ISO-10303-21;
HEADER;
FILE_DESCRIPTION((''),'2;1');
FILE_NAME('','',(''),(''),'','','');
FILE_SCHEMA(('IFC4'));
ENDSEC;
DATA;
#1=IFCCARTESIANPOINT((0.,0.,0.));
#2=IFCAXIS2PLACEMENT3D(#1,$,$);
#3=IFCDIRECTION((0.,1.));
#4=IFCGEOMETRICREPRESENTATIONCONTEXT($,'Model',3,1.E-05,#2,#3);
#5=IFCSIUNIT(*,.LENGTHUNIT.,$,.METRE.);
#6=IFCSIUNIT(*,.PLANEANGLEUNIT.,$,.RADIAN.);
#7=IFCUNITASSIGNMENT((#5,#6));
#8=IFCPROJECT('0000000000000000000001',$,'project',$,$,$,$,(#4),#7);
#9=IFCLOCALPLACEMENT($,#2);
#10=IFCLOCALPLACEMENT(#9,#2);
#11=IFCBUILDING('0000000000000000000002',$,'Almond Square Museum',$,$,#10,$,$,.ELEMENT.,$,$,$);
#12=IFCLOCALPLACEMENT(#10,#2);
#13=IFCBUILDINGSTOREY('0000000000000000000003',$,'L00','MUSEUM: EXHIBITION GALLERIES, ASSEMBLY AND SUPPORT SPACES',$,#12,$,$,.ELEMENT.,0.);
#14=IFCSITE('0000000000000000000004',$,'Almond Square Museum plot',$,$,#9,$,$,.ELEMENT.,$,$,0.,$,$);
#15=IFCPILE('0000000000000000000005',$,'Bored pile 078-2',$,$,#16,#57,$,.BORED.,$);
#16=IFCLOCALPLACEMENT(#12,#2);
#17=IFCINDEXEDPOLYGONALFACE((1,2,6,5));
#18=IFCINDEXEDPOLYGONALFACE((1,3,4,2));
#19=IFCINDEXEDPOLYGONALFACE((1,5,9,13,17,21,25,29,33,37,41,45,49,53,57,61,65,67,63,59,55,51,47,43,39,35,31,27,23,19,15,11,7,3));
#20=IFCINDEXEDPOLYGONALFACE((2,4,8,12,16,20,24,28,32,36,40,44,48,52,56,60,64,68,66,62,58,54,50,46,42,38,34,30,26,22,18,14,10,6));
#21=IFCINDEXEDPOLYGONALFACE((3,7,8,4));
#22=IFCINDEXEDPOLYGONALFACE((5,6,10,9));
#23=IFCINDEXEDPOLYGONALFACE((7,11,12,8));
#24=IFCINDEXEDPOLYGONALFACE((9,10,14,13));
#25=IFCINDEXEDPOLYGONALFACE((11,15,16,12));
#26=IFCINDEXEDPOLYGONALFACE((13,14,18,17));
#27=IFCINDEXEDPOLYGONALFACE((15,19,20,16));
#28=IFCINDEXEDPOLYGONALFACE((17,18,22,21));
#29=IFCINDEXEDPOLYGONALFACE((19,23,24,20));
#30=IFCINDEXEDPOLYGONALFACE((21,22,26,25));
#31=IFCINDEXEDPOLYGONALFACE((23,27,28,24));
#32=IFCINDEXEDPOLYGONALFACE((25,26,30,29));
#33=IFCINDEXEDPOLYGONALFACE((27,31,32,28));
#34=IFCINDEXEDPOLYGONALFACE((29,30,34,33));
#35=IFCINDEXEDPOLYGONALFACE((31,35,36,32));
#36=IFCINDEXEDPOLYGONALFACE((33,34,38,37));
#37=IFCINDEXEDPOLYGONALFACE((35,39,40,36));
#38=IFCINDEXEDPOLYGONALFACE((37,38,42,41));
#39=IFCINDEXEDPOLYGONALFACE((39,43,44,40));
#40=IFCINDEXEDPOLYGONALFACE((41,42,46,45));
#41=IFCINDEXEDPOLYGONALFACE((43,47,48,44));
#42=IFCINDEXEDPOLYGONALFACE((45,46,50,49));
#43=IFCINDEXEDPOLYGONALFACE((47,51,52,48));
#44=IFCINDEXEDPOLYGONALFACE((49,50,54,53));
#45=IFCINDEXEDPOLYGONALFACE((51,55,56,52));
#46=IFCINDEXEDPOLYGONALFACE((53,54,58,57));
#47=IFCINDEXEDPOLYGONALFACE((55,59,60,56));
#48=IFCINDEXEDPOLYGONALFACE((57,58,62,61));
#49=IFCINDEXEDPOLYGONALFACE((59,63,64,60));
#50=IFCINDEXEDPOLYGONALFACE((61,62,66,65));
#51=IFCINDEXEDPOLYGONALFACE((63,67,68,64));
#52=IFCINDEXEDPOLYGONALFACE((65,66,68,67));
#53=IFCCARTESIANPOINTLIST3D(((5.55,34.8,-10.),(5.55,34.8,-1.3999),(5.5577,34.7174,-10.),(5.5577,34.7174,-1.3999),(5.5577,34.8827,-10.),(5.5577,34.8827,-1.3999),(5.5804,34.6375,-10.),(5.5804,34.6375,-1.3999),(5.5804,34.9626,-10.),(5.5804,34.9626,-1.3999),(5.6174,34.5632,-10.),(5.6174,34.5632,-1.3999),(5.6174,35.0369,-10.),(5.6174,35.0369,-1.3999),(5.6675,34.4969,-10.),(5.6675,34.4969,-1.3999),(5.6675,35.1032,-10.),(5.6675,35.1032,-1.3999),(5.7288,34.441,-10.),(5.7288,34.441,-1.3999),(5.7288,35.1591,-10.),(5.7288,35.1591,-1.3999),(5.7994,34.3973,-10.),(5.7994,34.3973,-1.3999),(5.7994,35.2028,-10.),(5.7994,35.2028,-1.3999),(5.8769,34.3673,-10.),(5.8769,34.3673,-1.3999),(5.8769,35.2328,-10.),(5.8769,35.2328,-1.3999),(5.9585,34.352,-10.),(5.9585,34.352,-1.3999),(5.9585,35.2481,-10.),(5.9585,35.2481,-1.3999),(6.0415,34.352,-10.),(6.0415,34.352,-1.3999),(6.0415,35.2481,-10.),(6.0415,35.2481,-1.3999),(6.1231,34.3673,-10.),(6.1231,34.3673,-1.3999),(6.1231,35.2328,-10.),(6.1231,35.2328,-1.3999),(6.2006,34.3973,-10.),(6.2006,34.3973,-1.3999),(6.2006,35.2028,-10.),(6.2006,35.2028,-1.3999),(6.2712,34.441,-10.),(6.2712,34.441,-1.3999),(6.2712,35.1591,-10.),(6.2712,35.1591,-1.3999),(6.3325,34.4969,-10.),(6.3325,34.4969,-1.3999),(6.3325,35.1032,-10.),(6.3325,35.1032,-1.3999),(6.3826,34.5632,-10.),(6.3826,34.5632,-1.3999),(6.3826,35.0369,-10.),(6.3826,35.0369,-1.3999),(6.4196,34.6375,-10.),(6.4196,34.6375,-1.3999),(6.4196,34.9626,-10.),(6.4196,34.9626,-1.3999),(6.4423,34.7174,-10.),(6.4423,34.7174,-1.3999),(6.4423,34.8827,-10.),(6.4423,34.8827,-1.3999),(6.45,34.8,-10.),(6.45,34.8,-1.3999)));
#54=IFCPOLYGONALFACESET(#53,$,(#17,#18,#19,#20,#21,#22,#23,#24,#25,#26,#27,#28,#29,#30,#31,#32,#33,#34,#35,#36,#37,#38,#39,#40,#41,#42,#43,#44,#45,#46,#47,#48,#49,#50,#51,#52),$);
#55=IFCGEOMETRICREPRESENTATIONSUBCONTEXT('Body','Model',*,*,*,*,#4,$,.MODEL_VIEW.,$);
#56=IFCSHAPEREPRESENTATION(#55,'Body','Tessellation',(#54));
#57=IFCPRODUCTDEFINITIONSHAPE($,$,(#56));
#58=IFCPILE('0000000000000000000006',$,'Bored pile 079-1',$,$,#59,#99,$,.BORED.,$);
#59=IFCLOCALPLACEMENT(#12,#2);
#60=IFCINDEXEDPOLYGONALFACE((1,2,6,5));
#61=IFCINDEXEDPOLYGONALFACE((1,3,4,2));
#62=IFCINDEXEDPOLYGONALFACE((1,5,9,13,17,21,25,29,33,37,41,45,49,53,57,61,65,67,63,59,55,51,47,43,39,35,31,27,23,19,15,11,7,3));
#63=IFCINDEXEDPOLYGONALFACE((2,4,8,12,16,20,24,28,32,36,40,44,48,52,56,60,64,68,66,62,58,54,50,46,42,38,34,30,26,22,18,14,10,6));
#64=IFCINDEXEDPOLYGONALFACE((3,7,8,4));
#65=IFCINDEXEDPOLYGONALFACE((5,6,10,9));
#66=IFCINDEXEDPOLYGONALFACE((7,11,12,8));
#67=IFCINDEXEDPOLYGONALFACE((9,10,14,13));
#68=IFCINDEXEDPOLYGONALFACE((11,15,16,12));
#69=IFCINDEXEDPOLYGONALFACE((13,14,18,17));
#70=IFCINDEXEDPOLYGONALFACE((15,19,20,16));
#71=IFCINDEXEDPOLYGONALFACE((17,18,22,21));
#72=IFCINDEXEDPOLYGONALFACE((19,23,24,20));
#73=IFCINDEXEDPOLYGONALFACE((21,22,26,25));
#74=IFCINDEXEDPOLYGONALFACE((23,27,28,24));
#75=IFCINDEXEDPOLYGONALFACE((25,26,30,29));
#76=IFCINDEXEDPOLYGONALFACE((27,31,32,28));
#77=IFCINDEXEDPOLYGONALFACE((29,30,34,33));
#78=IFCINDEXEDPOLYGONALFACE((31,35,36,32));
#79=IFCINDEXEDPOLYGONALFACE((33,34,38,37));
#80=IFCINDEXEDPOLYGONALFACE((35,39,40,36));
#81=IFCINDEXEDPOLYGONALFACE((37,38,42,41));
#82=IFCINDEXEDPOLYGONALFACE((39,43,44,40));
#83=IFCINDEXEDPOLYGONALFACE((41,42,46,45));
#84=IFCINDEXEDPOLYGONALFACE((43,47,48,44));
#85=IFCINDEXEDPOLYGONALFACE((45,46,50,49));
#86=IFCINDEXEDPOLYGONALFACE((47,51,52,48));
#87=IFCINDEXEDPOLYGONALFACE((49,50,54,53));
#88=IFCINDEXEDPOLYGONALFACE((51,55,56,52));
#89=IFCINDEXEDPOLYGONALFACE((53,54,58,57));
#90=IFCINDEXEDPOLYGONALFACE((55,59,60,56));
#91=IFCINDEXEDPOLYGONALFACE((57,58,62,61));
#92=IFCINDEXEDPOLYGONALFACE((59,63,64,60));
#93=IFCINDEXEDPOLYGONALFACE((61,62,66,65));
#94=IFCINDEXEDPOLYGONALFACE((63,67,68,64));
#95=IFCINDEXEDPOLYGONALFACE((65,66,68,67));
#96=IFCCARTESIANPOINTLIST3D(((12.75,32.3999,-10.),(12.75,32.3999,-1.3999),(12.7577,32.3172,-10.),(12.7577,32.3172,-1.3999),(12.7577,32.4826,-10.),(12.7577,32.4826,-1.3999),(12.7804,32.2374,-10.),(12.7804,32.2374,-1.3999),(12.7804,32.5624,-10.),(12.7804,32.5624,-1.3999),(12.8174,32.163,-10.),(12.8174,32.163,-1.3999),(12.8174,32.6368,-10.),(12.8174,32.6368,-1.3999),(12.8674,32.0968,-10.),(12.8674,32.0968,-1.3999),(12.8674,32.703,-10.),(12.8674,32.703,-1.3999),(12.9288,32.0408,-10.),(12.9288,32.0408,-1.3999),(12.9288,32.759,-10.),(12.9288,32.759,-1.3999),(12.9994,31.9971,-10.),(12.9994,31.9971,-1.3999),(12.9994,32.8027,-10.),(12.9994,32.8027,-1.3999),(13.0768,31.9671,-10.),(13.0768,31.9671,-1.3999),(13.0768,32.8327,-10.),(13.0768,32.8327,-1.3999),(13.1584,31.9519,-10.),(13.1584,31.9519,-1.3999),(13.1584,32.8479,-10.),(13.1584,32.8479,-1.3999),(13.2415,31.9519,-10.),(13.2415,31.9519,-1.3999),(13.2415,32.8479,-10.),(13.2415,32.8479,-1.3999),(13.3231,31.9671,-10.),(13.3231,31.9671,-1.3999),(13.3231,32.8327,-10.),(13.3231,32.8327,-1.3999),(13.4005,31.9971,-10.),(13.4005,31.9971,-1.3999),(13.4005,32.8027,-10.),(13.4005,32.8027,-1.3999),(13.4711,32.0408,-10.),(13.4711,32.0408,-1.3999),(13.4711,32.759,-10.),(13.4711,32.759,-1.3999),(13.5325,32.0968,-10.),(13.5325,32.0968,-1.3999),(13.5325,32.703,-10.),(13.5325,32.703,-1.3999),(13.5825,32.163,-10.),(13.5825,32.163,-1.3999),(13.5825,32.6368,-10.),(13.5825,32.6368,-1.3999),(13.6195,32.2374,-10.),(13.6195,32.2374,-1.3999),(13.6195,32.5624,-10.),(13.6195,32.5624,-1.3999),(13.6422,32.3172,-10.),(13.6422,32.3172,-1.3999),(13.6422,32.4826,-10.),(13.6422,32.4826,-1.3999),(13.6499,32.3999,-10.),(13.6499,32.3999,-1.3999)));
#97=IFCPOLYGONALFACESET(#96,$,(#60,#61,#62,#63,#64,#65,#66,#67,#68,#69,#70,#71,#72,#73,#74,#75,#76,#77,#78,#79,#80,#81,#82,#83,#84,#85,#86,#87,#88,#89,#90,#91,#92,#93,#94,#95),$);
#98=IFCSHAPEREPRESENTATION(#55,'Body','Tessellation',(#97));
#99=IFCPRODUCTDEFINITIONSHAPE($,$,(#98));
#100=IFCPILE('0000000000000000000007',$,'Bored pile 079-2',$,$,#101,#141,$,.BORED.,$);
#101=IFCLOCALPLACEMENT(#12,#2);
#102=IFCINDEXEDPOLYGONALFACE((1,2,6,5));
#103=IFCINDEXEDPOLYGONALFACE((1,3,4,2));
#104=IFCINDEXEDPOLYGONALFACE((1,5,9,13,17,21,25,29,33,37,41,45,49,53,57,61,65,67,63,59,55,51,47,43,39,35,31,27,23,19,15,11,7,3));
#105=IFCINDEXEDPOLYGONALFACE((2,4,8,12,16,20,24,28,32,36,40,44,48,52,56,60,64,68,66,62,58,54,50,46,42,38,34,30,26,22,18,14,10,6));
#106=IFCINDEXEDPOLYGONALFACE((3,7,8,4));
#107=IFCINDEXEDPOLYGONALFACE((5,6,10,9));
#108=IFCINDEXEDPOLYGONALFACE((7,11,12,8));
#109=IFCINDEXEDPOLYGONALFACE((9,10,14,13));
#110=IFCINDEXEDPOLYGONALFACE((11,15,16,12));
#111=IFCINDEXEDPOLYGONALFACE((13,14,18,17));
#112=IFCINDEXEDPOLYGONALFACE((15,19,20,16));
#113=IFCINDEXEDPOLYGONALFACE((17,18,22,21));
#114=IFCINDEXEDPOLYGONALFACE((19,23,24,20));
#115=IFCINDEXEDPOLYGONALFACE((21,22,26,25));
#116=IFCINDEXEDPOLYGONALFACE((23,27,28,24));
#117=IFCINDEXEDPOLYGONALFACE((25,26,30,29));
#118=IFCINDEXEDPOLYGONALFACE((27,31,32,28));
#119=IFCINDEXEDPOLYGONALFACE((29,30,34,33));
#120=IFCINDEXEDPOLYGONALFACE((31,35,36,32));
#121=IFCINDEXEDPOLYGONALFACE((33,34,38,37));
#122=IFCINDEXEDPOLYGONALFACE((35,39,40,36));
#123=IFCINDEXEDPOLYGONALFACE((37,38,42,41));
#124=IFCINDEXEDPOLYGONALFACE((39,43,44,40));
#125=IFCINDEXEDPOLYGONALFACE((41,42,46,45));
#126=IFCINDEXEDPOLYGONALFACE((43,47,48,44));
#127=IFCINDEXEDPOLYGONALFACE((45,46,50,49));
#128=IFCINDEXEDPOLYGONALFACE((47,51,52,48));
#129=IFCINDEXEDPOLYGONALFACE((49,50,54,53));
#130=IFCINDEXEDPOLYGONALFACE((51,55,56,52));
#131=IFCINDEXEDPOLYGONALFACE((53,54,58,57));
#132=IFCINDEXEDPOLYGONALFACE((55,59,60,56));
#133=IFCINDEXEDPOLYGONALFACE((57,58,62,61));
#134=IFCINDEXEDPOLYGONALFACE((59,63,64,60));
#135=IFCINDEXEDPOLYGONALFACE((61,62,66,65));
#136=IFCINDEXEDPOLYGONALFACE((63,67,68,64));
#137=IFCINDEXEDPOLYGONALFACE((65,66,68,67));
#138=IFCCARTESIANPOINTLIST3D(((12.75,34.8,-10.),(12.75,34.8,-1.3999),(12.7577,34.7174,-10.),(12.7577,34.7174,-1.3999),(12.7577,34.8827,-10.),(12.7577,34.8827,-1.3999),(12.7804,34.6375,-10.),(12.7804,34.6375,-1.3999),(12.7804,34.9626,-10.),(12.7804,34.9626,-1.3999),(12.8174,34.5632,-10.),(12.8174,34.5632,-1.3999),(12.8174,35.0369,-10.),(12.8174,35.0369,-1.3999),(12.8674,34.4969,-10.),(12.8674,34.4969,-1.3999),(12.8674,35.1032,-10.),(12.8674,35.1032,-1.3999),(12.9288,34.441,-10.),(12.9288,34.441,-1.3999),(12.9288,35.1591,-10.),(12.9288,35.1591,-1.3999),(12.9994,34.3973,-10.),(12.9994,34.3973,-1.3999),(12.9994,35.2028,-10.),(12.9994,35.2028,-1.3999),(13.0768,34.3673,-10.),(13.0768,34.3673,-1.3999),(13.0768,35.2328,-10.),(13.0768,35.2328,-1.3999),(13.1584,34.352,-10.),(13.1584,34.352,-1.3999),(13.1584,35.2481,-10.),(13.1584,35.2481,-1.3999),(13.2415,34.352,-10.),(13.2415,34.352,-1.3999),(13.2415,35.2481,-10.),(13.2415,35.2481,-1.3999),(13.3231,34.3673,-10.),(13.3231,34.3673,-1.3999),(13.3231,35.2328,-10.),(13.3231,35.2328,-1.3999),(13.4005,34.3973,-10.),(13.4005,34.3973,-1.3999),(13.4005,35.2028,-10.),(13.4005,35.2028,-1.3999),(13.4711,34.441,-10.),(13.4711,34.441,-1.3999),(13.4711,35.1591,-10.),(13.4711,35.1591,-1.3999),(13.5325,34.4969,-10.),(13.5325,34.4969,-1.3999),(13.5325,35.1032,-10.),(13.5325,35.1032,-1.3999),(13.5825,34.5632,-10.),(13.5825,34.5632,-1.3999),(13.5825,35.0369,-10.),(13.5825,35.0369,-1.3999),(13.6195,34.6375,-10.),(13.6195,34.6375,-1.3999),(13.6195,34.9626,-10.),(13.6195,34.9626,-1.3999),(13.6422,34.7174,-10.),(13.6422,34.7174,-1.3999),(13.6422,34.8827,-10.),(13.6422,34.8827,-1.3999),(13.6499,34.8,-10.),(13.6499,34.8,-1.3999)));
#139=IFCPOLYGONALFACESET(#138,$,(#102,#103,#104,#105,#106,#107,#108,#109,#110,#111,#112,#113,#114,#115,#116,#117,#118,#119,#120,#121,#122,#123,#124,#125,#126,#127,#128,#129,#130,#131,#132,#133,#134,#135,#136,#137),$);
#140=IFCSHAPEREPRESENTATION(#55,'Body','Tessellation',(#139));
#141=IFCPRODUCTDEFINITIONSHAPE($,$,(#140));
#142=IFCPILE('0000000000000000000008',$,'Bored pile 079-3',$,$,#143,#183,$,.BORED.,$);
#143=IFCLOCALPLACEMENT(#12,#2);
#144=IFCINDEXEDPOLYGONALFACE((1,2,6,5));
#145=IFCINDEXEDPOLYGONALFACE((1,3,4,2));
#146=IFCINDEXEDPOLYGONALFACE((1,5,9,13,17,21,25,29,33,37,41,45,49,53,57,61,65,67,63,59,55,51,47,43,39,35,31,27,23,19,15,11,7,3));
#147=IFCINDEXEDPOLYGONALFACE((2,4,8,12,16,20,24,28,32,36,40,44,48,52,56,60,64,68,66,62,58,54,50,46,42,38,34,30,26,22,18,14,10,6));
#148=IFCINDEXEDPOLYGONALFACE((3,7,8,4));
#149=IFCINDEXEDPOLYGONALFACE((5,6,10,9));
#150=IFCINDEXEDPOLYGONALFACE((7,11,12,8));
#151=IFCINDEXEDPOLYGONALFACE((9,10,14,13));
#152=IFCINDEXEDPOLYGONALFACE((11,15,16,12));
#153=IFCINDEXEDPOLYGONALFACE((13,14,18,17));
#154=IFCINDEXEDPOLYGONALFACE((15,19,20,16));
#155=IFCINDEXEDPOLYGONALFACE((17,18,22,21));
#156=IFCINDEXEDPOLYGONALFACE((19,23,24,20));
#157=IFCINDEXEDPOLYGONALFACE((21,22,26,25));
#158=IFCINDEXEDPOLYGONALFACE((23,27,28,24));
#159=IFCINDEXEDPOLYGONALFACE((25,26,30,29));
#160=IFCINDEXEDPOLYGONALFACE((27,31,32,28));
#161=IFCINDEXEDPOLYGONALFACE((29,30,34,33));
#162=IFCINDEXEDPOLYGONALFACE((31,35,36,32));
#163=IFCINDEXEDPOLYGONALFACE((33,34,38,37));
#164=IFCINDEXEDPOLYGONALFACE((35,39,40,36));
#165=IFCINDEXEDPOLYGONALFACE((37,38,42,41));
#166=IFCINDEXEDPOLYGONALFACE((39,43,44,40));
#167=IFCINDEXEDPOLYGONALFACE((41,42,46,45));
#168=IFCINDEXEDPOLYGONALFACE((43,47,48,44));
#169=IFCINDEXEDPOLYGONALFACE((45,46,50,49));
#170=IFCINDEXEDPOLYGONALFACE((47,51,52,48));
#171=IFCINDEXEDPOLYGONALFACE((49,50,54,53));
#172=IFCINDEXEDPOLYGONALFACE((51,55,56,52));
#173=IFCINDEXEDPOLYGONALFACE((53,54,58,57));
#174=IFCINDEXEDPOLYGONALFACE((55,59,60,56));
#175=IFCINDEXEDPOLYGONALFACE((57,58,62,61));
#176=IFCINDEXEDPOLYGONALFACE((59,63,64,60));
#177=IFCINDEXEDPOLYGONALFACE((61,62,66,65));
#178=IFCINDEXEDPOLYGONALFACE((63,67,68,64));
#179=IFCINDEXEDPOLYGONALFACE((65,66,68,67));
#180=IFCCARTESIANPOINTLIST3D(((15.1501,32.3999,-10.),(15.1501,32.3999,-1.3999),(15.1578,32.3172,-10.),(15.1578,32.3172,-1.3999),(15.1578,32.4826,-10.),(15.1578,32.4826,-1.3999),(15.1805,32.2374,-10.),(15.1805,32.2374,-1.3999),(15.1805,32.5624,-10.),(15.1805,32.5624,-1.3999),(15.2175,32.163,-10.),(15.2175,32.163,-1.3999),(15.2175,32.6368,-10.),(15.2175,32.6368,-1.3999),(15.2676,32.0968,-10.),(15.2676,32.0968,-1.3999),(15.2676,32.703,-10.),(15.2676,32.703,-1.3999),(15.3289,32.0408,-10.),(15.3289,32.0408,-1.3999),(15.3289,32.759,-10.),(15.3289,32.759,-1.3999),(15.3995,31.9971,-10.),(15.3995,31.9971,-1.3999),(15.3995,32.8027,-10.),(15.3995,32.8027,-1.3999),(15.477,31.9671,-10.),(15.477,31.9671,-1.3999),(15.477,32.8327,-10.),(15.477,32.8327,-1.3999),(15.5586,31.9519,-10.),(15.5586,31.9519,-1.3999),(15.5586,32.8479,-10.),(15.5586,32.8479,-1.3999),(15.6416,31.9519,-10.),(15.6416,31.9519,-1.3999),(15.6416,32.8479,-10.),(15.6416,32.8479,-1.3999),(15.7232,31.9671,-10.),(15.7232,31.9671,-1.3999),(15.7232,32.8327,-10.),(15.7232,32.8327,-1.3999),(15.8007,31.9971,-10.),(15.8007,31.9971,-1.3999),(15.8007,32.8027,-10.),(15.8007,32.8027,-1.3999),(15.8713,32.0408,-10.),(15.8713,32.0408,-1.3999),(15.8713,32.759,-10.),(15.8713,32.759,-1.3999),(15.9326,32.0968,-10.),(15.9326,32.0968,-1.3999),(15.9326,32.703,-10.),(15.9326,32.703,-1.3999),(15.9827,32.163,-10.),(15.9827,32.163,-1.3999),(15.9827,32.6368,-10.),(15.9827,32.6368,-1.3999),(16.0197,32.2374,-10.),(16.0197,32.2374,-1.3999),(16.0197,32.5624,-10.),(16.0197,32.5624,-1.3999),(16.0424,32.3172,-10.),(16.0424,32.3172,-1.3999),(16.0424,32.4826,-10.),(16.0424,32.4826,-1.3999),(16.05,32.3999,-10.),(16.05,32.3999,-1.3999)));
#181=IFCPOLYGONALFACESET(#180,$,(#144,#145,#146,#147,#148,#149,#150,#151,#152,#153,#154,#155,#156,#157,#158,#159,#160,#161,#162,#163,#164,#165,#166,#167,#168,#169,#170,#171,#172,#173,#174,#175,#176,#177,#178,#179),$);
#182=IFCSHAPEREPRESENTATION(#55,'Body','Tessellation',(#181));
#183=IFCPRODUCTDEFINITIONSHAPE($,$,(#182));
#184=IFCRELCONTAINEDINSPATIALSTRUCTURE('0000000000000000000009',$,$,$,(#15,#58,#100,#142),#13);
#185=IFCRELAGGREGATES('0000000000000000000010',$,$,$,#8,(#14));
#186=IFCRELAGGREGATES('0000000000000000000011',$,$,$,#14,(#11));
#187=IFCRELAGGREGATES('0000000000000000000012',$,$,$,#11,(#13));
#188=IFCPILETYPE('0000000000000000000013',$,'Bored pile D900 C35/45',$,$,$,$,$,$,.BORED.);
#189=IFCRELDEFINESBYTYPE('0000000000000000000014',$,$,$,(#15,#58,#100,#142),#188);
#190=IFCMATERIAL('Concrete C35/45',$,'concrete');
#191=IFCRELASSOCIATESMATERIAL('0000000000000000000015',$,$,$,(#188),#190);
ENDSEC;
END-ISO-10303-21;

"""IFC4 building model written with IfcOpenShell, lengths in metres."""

from ifc_helpers import new_model, si_unit, direction, frame, origin, origin_2d, place, context, subcontext, project, spatial, circle, extrude, material, material_profile, profile_set, type_object, element, save


model = new_model("IFC4")

# Units and contexts
model_context = context("Model", 3, precision=1e-05, world=origin(), true_north=direction((0.0, 1.0)))
body_context = subcontext(model_context, "Body", "Model", "MODEL_VIEW")
ifc_project = project(units=[si_unit("LENGTHUNIT", "METRE"), si_unit("PLANEANGLEUNIT", "RADIAN")], contexts=[model_context])

# Site, building, storey
site_placement = place(None, origin())
site = spatial("IfcSite", under=ifc_project, at=site_placement, Name="Almond Square Museum plot", CompositionType="ELEMENT", RefElevation=0.0)
building_placement = place(site_placement, origin())
building = spatial("IfcBuilding", under=site, at=building_placement, Name="Almond Square Museum", CompositionType="ELEMENT")
storey_placement = place(building_placement, origin())
storey = spatial("IfcBuildingStorey", under=building, at=storey_placement, Name="L00", Description="MUSEUM: EXHIBITION GALLERIES, ASSEMBLY AND SUPPORT SPACES", CompositionType="ELEMENT", Elevation=0.0)

# Piles
ifc_material_1 = material(Name="Concrete C35/45", Category="concrete")
ifc_material_profile_1 = material_profile(ifc_material_1, circle(Radius=0.45, at=origin_2d()))
ifc_profile_set_1 = profile_set([ifc_material_profile_1], Name="Concrete C35/45")
pile_type = type_object("IfcPileType", Name="Bored pile D900 C35/45", PredefinedType="BORED", material=ifc_profile_set_1)
for number, where, z_axis, x_axis, name in (
    (1, (6.0, 34.8, -1.3999), (0.0, 0.0, -1.0), (1.0, 0.0, 0.0), "Bored pile 078-2"),
    (2, (13.2, 32.3999, -1.3999), (0.0, 0.0, -1.0), (1.0, 0.0, 0.0), "Bored pile 079-1"),
    (3, (13.2, 34.8, -1.3999), (0.0, 0.0, -1.0), (1.0, 0.0, 0.0), "Bored pile 079-2"),
    (4, (15.6001, 32.3999, -1.3999), (0.0, 0.0, -1.0), (1.0, 0.0, 0.0), "Bored pile 079-3"),
):
    element("IfcPile", number, at=place(storey_placement, frame(where, z_axis=z_axis, x_axis=x_axis)), inside=storey, type_object=pile_type, Name=name, PredefinedType="BORED", context=body_context, shape_type="SweptSolid", body=[
        extrude(circle(Radius=0.45, at=origin_2d()), origin(), (0.0, 0.0, 1.0), 8.6001),
    ])

save(model, "model.ifc")
